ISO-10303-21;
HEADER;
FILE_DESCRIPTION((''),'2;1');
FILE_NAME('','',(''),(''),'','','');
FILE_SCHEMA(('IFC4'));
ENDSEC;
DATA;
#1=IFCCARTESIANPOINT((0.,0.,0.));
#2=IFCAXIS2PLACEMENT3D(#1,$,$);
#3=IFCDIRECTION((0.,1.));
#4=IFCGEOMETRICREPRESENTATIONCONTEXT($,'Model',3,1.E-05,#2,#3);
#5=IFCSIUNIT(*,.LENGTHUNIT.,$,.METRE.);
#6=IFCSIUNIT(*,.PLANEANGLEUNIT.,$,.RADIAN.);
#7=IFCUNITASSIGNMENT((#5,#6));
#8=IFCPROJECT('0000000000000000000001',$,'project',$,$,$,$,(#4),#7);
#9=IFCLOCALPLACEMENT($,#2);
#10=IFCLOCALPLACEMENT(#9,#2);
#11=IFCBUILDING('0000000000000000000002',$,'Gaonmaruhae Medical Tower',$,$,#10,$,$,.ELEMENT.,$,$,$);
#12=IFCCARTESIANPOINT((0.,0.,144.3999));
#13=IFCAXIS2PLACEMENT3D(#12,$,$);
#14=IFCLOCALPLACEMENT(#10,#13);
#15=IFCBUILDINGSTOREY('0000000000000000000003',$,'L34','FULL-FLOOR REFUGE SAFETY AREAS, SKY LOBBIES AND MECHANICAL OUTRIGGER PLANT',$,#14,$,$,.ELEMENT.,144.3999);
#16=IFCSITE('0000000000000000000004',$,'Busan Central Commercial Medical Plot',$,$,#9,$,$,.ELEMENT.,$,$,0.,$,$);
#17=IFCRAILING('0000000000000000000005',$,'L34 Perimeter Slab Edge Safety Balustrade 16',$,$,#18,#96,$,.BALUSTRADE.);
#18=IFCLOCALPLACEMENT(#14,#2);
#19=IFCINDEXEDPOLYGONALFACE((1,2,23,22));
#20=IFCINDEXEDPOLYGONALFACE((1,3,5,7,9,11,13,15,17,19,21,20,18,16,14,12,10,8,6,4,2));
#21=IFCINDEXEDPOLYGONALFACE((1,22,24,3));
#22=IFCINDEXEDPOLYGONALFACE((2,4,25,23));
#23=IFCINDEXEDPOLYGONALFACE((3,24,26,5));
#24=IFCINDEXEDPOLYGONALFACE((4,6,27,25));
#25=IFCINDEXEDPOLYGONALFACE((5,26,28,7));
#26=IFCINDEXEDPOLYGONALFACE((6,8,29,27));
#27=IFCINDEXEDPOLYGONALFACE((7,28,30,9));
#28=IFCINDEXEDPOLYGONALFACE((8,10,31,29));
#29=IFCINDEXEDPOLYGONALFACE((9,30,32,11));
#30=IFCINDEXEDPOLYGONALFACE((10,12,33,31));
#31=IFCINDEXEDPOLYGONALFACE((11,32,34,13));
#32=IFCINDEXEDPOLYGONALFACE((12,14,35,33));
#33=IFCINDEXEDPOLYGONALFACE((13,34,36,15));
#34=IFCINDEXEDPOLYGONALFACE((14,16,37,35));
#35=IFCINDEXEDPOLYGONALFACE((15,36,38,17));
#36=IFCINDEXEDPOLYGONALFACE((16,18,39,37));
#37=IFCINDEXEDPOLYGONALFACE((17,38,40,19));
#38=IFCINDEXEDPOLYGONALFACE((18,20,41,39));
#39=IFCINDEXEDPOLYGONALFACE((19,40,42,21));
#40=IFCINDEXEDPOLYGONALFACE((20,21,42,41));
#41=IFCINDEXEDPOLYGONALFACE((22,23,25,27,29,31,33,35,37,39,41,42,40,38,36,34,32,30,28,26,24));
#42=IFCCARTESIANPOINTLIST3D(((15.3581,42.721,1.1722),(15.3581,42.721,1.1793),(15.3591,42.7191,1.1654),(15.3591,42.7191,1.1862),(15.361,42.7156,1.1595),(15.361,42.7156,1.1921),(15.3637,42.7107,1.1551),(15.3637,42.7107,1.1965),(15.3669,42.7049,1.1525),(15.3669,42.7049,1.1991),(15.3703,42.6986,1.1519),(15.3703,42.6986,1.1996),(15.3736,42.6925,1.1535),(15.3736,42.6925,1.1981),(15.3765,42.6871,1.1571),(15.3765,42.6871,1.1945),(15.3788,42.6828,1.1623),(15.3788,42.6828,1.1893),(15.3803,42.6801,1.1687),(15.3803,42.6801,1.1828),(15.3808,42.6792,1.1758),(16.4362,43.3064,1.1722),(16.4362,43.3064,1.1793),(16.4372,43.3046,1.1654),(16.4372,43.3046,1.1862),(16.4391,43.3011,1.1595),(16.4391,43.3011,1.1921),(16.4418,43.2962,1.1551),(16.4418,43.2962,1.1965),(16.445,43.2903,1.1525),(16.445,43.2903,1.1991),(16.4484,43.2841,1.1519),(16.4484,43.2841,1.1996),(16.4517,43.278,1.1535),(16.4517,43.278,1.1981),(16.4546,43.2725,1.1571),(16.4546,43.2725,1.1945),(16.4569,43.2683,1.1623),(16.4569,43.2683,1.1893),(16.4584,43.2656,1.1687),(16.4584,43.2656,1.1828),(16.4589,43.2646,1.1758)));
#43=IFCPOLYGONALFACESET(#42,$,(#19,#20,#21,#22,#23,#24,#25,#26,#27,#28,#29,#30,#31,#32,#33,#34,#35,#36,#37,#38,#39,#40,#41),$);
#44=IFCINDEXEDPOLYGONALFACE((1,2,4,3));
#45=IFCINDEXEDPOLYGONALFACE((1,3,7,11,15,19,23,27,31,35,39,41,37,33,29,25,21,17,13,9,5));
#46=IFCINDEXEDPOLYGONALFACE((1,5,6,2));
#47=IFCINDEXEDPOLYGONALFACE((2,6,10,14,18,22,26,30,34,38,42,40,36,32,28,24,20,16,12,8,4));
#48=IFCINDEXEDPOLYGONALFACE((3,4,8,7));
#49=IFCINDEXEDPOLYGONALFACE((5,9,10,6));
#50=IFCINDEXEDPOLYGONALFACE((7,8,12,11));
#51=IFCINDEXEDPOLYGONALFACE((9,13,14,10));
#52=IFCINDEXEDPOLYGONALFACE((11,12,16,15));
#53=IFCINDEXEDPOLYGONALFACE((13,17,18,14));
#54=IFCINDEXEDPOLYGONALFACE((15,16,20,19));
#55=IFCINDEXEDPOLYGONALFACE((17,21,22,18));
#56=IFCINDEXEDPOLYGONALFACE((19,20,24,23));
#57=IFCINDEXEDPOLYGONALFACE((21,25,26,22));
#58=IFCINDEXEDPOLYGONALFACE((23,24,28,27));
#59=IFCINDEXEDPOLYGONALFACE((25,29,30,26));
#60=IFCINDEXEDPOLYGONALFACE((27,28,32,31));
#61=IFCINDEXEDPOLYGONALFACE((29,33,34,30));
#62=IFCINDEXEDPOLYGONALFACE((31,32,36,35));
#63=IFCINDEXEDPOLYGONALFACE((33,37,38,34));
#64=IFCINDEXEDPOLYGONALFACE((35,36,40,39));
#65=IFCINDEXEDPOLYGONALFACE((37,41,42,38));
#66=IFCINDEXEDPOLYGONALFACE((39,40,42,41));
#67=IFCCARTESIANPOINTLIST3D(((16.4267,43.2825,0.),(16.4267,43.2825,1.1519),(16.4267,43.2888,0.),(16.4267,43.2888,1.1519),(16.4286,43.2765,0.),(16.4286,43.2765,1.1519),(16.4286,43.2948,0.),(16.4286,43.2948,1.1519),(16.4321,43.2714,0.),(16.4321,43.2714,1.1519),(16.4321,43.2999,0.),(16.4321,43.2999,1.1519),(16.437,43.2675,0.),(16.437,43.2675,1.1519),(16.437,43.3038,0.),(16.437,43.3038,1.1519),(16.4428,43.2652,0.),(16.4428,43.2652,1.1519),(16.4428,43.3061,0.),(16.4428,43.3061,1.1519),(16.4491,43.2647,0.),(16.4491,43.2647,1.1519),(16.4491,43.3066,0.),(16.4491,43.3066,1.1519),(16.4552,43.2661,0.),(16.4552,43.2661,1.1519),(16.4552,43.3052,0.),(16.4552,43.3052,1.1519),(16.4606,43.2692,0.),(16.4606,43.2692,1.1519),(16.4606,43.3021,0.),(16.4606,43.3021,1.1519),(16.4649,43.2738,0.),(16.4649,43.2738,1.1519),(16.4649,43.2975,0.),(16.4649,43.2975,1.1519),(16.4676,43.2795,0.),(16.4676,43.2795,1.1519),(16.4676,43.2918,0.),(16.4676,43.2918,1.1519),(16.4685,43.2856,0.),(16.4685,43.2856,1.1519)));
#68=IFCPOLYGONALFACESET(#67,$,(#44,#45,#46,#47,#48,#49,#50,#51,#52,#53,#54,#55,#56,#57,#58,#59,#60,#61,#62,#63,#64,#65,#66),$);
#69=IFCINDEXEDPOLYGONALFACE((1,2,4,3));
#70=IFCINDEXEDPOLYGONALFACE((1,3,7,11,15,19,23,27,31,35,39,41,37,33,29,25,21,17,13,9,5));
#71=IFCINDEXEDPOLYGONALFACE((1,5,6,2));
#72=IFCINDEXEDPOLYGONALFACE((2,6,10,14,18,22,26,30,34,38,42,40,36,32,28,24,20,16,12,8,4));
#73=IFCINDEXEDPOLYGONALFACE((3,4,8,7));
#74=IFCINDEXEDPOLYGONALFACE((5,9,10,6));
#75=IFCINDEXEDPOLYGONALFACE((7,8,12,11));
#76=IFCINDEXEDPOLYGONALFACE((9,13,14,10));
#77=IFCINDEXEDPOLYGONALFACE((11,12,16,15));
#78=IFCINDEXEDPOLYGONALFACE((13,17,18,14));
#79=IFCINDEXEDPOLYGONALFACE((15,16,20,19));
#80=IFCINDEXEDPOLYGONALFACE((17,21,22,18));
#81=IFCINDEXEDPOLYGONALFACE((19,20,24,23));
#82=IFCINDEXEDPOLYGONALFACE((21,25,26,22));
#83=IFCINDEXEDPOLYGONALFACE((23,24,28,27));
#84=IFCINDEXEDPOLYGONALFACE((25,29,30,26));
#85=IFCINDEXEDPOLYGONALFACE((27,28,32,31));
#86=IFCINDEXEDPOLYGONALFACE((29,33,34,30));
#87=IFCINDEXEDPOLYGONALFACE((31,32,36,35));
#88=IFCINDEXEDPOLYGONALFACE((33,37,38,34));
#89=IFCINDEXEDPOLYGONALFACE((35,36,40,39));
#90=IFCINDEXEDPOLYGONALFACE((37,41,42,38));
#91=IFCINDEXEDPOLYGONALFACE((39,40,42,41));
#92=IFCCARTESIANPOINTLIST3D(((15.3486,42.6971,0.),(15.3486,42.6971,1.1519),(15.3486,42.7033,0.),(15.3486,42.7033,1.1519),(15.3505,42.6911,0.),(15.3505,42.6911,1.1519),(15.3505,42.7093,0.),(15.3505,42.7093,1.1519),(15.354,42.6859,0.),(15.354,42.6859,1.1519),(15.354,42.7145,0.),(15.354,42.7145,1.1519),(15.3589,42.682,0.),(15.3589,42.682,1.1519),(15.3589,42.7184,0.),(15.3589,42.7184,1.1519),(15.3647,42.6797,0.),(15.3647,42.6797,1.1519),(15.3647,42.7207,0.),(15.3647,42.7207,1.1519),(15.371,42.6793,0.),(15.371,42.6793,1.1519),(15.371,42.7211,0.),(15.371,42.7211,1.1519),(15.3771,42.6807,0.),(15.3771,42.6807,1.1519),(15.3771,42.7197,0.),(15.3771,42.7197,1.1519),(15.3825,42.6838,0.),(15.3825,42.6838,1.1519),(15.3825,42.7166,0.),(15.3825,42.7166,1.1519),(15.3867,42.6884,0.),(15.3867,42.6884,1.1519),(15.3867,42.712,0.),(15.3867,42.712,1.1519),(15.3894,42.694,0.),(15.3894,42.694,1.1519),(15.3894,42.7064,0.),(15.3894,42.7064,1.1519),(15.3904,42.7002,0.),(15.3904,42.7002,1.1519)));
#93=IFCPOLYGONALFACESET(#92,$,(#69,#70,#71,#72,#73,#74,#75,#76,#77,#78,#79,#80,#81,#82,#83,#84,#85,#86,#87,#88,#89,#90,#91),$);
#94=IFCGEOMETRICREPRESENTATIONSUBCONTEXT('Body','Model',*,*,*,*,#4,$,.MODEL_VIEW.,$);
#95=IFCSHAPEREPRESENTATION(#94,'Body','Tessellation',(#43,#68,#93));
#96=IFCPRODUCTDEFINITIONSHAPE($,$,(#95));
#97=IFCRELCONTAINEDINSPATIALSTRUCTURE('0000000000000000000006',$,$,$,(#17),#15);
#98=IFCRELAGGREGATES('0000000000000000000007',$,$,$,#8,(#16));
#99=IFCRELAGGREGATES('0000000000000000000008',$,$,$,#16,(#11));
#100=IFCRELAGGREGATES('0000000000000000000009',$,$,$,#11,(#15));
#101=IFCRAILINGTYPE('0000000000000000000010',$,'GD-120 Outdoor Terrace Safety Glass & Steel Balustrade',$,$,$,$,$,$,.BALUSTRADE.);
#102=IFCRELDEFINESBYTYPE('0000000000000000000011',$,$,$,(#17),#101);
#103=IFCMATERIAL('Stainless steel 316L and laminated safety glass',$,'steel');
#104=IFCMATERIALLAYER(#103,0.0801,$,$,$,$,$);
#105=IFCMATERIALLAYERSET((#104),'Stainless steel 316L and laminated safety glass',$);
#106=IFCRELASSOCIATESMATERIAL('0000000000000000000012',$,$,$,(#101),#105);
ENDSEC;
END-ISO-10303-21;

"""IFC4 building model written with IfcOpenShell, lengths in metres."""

from ifc_helpers import new_model, si_unit, direction, frame, origin, origin_2d, place, context, subcontext, project, spatial, circle, extrude, material, layer, layer_set, type_object, element, save


model = new_model("IFC4")

# Units and contexts
model_context = context("Model", 3, precision=1e-05, world=origin(), true_north=direction((0.0, 1.0)))
body_context = subcontext(model_context, "Body", "Model", "MODEL_VIEW")
ifc_project = project(units=[si_unit("LENGTHUNIT", "METRE"), si_unit("PLANEANGLEUNIT", "RADIAN")], contexts=[model_context])

# Site, building, storey
site_placement = place(None, origin())
site = spatial("IfcSite", under=ifc_project, at=site_placement, Name="Busan Central Commercial Medical Plot", CompositionType="ELEMENT", RefElevation=0.0)
building_placement = place(site_placement, origin())
building = spatial("IfcBuilding", under=site, at=building_placement, Name="Gaonmaruhae Medical Tower", CompositionType="ELEMENT")
storey_placement = place(building_placement, frame((0.0, 0.0, 144.3999)))
storey = spatial("IfcBuildingStorey", under=building, at=storey_placement, Name="L34", Description="FULL-FLOOR REFUGE SAFETY AREAS, SKY LOBBIES AND MECHANICAL OUTRIGGER PLANT", CompositionType="ELEMENT", Elevation=144.3999)

# Railing
ifc_material_1 = material(Name="Stainless steel 316L and laminated safety glass", Category="steel")
ifc_layer_1 = layer(ifc_material_1, 0.0801)
ifc_layer_set_1 = layer_set([ifc_layer_1], Name="Stainless steel 316L and laminated safety glass")
railing_type = type_object("IfcRailingType", Name="GD-120 Outdoor Terrace Safety Glass & Steel Balustrade", PredefinedType="BALUSTRADE", material=ifc_layer_set_1)
railing_1_placement = place(storey_placement, frame((16.4475, 43.2856, 0.0)))
element("IfcRailing", 1, at=railing_1_placement, inside=storey, type_object=railing_type, Name="L34 Perimeter Slab Edge Safety Balustrade 16", PredefinedType="BALUSTRADE", context=body_context, shape_type="SweptSolid", body=[
    extrude(circle(Radius=0.0239, at=origin_2d()), frame((0.0, 0.0, 1.1758), z_axis=(-0.878791, -0.477206, 0.0), x_axis=(0.477206, -0.878791, 0.0)), (0.0, 0.0, 1.0), 1.2268),
    extrude(circle(Radius=0.021, at=origin_2d()), origin(), (0.0, 0.0, 1.0), 1.1519),
    extrude(circle(Radius=0.021, at=origin_2d()), frame((-1.0781, -0.5854, 0.0)), (0.0, 0.0, 1.0), 1.1519),
])

save(model, "model.ifc")
